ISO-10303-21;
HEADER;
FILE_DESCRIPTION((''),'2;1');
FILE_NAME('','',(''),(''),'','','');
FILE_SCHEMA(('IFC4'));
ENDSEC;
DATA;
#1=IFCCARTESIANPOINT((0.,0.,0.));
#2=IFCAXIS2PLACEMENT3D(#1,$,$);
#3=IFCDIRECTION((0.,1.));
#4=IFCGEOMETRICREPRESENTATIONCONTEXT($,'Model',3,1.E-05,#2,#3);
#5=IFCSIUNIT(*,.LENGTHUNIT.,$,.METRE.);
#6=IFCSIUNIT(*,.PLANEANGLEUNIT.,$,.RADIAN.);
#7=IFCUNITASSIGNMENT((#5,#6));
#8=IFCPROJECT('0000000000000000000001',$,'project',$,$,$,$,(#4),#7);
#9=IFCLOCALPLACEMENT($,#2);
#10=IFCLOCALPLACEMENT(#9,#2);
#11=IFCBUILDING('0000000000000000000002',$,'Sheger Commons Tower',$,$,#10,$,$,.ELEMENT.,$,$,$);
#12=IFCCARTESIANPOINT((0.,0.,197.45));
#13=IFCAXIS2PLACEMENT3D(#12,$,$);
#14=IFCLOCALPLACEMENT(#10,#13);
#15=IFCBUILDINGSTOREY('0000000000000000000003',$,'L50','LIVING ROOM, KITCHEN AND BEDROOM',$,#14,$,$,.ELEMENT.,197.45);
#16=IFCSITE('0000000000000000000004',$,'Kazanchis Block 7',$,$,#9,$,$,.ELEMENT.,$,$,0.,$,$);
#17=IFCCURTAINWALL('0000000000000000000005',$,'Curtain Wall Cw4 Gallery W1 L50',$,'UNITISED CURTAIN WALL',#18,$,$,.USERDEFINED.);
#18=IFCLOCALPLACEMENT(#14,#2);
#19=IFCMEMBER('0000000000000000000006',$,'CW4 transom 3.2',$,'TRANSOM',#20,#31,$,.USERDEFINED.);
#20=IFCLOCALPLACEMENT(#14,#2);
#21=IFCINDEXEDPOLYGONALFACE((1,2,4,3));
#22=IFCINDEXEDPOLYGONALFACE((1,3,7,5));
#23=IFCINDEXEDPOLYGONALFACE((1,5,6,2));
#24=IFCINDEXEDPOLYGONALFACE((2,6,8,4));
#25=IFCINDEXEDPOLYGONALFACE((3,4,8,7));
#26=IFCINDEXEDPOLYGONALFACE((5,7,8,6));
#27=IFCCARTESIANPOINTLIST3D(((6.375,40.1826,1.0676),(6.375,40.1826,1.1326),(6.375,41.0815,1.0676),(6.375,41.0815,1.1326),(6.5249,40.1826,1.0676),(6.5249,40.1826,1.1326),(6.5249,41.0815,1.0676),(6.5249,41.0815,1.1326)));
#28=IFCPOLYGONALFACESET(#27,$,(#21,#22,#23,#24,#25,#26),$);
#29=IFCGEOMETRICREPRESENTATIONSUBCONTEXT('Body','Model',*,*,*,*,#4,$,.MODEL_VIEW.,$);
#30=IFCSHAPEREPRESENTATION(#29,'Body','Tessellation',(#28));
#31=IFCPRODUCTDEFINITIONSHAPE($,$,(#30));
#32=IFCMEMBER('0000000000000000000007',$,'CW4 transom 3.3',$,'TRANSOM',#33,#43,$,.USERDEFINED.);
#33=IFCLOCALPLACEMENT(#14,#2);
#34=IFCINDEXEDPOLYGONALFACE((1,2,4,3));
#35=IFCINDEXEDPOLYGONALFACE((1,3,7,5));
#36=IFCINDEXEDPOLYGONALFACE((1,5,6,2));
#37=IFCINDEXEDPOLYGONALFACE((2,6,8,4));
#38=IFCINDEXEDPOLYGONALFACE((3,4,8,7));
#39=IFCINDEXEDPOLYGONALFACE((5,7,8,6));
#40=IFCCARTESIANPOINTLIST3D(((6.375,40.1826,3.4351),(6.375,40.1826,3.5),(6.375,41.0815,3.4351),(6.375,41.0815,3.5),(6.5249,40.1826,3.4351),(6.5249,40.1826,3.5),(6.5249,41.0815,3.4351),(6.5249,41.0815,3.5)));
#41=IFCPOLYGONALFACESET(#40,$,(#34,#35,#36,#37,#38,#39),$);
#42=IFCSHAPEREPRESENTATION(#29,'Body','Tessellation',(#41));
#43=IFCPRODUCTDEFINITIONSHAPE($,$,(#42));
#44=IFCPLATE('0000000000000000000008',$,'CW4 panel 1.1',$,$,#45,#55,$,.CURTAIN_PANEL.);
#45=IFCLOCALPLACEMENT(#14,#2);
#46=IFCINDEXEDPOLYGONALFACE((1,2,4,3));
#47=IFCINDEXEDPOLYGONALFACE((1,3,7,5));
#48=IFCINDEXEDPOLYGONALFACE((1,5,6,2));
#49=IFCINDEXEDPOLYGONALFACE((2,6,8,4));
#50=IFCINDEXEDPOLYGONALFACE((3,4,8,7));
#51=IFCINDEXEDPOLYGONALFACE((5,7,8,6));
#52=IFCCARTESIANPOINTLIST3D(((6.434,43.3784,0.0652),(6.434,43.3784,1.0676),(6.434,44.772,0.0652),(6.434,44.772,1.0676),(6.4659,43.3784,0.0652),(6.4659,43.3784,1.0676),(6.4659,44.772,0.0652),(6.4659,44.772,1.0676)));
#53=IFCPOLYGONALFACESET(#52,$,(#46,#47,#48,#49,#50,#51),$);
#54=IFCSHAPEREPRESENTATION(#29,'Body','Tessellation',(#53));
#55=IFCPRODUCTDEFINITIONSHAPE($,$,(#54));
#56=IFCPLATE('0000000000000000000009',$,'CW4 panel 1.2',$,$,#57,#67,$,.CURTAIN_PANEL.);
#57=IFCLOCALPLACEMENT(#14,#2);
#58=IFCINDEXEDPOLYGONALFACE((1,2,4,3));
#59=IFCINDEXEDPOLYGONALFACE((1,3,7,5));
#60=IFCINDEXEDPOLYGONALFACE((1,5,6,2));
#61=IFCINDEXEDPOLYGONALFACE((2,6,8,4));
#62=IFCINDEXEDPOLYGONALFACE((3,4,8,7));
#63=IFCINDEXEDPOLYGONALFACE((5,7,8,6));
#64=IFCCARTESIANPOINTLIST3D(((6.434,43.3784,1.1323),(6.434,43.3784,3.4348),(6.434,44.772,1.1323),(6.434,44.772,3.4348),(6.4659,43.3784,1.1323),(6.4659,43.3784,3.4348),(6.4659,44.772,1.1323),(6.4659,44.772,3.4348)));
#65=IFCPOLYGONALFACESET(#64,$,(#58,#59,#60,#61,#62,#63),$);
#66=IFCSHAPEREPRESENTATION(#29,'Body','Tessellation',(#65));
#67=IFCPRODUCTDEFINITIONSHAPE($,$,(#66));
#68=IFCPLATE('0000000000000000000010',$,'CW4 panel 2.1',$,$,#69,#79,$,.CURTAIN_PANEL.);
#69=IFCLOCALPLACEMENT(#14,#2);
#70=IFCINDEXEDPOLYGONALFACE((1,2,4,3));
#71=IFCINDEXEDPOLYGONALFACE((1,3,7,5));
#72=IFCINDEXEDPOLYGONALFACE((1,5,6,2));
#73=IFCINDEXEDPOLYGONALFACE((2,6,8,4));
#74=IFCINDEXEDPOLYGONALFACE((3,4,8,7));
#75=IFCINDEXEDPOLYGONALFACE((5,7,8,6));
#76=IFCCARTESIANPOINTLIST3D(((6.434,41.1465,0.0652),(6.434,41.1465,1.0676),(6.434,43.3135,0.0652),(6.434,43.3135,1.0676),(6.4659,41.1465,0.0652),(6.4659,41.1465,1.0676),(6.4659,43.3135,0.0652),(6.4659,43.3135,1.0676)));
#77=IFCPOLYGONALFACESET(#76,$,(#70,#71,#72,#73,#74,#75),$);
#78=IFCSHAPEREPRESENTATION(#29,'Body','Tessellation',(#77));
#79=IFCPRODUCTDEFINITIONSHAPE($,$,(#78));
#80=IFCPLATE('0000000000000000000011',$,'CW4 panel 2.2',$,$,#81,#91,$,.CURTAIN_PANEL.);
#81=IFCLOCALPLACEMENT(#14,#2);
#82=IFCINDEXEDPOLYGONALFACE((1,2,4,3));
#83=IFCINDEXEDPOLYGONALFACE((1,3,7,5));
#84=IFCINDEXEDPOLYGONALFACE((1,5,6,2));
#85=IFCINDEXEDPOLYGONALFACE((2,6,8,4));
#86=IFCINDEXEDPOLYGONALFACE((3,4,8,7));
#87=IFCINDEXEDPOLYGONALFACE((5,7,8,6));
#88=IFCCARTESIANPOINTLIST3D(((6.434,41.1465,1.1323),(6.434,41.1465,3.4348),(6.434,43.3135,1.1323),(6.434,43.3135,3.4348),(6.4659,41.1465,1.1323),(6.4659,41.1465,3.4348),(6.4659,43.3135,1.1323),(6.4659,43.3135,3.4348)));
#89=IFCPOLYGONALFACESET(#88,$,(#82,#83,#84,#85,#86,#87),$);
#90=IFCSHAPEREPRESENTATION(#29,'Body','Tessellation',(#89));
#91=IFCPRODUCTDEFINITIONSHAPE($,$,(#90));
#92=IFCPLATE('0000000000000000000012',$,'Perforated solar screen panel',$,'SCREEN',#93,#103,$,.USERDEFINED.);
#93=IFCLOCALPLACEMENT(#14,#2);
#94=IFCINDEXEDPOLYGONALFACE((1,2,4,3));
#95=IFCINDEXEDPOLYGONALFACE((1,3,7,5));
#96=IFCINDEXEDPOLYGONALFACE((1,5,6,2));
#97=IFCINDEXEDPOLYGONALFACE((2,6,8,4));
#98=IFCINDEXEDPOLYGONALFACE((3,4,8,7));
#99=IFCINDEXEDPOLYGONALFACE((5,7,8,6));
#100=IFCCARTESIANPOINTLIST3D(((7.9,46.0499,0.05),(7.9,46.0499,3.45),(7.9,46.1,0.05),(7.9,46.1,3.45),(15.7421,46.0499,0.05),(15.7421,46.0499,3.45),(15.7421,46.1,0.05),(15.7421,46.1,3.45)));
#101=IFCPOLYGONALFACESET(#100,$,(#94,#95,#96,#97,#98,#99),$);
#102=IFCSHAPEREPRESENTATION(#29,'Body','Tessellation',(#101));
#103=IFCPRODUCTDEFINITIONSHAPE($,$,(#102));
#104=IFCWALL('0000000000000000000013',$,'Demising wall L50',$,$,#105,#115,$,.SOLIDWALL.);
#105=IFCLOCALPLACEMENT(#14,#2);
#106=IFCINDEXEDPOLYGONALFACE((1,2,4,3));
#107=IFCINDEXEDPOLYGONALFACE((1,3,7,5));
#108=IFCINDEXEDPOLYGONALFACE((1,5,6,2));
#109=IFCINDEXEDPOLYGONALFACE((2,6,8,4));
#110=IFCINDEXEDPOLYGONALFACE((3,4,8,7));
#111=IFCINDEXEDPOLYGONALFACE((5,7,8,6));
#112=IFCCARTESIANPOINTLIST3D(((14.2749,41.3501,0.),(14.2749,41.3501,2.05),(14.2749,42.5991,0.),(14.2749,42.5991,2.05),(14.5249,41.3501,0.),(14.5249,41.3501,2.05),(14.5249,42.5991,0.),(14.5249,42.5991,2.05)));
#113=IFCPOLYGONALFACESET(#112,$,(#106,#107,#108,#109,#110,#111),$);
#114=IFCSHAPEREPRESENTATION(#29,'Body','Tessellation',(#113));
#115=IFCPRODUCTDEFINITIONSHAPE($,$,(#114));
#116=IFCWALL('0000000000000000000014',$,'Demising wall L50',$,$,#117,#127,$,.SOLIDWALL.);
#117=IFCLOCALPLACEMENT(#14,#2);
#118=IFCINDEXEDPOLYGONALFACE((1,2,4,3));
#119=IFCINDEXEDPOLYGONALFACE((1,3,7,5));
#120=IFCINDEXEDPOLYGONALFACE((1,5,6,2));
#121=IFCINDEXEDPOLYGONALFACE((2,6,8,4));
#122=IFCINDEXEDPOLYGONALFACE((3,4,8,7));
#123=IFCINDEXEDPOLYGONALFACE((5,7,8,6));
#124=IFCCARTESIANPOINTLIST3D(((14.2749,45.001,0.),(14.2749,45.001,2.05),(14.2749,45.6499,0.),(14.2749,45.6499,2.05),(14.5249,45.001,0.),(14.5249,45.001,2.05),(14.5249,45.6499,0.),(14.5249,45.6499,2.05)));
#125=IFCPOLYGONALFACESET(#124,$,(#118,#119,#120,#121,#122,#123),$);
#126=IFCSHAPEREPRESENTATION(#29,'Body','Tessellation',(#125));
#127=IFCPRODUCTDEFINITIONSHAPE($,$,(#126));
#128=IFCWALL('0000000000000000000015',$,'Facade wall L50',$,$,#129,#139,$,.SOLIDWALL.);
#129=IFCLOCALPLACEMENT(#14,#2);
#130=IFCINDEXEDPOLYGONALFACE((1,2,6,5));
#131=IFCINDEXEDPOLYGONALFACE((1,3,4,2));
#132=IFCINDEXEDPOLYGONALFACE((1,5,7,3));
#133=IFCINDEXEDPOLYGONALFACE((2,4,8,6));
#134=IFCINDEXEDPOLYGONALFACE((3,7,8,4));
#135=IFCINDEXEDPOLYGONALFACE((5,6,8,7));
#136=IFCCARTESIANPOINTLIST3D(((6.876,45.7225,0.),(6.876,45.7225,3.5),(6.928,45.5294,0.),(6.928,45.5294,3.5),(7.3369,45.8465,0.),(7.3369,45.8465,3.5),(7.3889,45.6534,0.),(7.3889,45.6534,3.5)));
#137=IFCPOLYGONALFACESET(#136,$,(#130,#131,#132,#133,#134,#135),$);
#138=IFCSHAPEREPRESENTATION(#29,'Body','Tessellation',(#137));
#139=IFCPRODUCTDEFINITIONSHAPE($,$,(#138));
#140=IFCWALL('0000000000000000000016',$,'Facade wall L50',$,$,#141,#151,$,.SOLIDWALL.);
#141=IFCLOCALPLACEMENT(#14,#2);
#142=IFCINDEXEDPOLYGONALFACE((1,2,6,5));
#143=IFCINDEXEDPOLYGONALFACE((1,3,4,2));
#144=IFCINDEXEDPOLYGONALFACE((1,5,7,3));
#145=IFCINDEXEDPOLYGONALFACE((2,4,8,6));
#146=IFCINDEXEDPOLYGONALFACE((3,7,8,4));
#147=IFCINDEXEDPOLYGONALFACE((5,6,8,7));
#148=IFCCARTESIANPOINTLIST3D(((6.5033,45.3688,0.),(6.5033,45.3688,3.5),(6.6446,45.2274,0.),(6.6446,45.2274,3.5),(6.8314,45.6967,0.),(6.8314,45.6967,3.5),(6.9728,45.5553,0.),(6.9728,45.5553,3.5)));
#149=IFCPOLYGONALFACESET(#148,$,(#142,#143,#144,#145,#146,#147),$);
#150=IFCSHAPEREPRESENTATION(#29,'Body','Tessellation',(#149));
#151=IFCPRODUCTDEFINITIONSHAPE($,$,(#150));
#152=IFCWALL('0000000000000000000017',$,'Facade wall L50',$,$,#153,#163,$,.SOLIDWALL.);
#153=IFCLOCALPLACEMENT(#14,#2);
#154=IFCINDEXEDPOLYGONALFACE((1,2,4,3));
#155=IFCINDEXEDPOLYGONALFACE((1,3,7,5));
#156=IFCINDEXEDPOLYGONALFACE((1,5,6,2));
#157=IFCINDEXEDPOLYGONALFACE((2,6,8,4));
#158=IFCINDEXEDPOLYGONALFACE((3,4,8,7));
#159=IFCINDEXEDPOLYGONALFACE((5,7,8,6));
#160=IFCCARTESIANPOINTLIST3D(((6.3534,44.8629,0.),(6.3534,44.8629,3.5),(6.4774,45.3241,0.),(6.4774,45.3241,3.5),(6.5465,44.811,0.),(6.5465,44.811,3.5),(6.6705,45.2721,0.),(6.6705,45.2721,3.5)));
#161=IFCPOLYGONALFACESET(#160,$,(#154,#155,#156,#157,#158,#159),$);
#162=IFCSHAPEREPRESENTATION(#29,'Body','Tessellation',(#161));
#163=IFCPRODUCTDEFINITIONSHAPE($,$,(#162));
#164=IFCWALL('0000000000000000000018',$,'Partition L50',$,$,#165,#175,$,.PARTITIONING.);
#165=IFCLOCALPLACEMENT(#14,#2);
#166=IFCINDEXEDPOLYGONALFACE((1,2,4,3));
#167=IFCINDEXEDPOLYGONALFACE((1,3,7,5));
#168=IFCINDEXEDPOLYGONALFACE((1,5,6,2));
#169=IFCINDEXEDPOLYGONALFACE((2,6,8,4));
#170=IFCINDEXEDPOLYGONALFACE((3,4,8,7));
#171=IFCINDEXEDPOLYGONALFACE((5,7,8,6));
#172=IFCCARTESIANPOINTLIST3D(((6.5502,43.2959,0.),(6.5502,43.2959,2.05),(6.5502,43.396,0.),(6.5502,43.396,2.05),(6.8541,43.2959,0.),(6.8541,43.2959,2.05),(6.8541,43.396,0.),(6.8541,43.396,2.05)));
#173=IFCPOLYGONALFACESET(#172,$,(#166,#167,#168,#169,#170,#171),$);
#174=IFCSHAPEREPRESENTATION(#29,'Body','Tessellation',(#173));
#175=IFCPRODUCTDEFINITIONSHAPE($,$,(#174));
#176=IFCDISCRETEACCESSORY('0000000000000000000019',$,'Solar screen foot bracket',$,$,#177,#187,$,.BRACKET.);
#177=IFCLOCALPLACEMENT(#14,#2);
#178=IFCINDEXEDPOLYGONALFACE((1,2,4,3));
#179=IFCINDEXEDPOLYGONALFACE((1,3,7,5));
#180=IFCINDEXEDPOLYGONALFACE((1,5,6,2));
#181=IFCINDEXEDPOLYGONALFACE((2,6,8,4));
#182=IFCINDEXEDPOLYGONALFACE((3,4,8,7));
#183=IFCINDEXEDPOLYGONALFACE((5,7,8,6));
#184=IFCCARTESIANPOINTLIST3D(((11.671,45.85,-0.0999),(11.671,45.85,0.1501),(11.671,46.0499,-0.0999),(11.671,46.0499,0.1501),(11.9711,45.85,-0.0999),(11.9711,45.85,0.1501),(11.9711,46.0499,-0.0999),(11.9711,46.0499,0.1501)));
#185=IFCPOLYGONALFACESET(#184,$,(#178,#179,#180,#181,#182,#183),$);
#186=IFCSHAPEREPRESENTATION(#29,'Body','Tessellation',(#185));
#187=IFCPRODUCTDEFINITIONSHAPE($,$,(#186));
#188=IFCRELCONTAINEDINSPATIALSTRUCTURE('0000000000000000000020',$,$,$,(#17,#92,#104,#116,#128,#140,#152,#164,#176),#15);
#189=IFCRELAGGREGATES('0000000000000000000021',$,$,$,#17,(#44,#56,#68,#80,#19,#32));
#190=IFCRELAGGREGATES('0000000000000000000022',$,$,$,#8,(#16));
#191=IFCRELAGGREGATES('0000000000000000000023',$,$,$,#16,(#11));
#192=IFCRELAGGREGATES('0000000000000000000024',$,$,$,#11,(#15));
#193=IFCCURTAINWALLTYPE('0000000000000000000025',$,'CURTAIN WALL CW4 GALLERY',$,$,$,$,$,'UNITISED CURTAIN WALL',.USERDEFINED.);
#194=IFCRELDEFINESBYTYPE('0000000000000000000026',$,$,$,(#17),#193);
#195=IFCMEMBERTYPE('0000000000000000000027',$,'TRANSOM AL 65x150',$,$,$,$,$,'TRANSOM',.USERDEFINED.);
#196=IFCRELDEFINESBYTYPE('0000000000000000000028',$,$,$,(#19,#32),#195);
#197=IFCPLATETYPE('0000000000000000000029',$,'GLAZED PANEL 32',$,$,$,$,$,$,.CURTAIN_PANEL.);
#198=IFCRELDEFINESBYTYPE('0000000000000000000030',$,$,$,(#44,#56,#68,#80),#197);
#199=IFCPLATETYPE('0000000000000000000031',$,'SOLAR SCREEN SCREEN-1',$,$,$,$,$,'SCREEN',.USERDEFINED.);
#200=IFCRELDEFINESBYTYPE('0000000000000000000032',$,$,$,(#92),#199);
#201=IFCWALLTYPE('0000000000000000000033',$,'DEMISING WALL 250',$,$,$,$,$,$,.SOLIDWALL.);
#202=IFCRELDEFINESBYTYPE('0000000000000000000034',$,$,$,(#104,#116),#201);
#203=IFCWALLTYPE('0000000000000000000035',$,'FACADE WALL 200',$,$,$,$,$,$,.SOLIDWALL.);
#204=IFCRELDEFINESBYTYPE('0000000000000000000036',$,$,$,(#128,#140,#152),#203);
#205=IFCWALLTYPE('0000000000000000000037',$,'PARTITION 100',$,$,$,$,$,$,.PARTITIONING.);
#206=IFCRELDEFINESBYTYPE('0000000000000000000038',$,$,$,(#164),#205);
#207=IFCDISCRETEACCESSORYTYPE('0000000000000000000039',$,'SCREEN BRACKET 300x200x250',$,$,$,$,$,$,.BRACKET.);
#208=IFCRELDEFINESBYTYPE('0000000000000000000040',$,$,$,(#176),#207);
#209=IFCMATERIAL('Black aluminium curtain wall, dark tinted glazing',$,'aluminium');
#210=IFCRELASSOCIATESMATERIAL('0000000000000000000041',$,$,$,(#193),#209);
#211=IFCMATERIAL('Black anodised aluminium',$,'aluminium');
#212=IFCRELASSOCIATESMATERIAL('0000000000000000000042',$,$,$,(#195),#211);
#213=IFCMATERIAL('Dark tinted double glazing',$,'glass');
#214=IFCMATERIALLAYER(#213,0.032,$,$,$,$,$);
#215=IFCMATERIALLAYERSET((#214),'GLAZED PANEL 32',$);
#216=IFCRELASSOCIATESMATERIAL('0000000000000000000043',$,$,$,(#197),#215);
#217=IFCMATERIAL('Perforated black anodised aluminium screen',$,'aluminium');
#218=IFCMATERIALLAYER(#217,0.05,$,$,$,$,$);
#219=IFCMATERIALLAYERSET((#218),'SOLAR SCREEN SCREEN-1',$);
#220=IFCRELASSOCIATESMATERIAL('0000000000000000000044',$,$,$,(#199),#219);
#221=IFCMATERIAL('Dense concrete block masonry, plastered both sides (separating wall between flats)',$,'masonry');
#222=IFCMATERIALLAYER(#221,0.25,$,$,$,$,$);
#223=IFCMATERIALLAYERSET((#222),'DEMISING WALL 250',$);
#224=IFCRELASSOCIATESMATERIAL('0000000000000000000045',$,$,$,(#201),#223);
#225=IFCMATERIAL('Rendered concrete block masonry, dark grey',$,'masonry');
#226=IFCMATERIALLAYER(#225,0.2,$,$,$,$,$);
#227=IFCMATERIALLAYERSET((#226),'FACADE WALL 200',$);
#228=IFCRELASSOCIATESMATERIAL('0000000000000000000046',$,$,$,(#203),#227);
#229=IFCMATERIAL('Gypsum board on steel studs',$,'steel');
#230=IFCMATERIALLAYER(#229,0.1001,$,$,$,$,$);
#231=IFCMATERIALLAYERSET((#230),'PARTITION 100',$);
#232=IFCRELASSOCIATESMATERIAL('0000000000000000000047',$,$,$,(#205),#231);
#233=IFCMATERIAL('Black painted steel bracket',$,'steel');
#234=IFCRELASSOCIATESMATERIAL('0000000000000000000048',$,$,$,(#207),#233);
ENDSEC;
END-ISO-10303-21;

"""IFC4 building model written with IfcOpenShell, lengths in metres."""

from ifc_helpers import new_model, si_unit, direction, frame, frame_2d, origin, origin_2d, place, context, subcontext, project, spatial, rectangle, extrude, material, layer, layer_set, material_profile, profile_set, type_object, element, aggregate, save


model = new_model("IFC4")

# Units and contexts
model_context = context("Model", 3, precision=1e-05, world=origin(), true_north=direction((0.0, 1.0)))
body_context = subcontext(model_context, "Body", "Model", "MODEL_VIEW")
ifc_project = project(units=[si_unit("LENGTHUNIT", "METRE"), si_unit("PLANEANGLEUNIT", "RADIAN")], contexts=[model_context])

# Site, building, storey
site_placement = place(None, origin())
site = spatial("IfcSite", under=ifc_project, at=site_placement, Name="Kazanchis Block 7", CompositionType="ELEMENT", RefElevation=0.0)
building_placement = place(site_placement, origin())
building = spatial("IfcBuilding", under=site, at=building_placement, Name="Sheger Commons Tower", CompositionType="ELEMENT")
storey_placement = place(building_placement, frame((0.0, 0.0, 197.45)))
storey = spatial("IfcBuildingStorey", under=building, at=storey_placement, Name="L50", Description="LIVING ROOM, KITCHEN AND BEDROOM", CompositionType="ELEMENT", Elevation=197.45)

# Curtain wall
ifc_material_1 = material(Name="Black aluminium curtain wall, dark tinted glazing", Category="aluminium")
curtain_wall_type = type_object("IfcCurtainWallType", Name="CURTAIN WALL CW4 GALLERY", ElementType="UNITISED CURTAIN WALL", PredefinedType="USERDEFINED", material=ifc_material_1)
curtain_wall_placement = place(storey_placement, origin())
curtain_wall = element("IfcCurtainWall", 1, at=curtain_wall_placement, inside=storey, type_object=curtain_wall_type, Name="Curtain Wall Cw4 Gallery W1 L50", ObjectType="UNITISED CURTAIN WALL", PredefinedType="USERDEFINED")

# Members
ifc_material_2 = material(Name="Black anodised aluminium", Category="aluminium")
ifc_material_profile_1 = material_profile(ifc_material_2, rectangle(XDim=0.1499, YDim=0.0649, at=origin_2d()), Name="AL 65x150")
ifc_profile_set_1 = profile_set([ifc_material_profile_1], Name="Black anodised aluminium")
member_type_1 = type_object("IfcMemberType", Name="TRANSOM AL 65x150", ElementType="TRANSOM", PredefinedType="USERDEFINED", material=ifc_profile_set_1)
member_1_placement = place(storey_placement, frame((6.45, 41.0815, 1.1001), z_axis=(0.0, -1.0, 0.0), x_axis=(1.0, 0.0, 0.0)))
member_1 = element("IfcMember", 2, at=member_1_placement, type_object=member_type_1, Name="CW4 transom 3.2", ObjectType="TRANSOM", PredefinedType="USERDEFINED", context=body_context, shape_type="SweptSolid", body=[
    extrude(rectangle(XDim=0.1499, YDim=0.0649, at=origin_2d()), origin(), (0.0, 0.0, 1.0), 0.8989),
])
member_2_placement = place(storey_placement, frame((6.45, 41.0815, 3.4675), z_axis=(0.0, -1.0, 0.0), x_axis=(1.0, 0.0, 0.0)))
member_2 = element("IfcMember", 3, at=member_2_placement, type_object=member_type_1, Name="CW4 transom 3.3", ObjectType="TRANSOM", PredefinedType="USERDEFINED", context=body_context, shape_type="SweptSolid", body=[
    extrude(rectangle(XDim=0.1499, YDim=0.0649, at=origin_2d()), origin(), (0.0, 0.0, 1.0), 0.8989),
])

# Plates
ifc_material_3 = material(Name="Dark tinted double glazing", Category="glass")
ifc_layer_1 = layer(ifc_material_3, 0.032)
ifc_layer_set_1 = layer_set([ifc_layer_1], Name="GLAZED PANEL 32")
plate_type_1 = type_object("IfcPlateType", Name="GLAZED PANEL 32", PredefinedType="CURTAIN_PANEL", material=ifc_layer_set_1)
plate_1_placement = place(storey_placement, frame((6.45, 44.0752, 0.0652), z_axis=(0.0, 0.0, 1.0), x_axis=(0.0, -1.0, 0.0)))
plate_1 = element("IfcPlate", 4, at=plate_1_placement, type_object=plate_type_1, Name="CW4 panel 1.1", PredefinedType="CURTAIN_PANEL", context=body_context, shape_type="SweptSolid", body=[
    extrude(rectangle(XDim=1.3936, YDim=0.032, at=origin_2d()), origin(), (0.0, 0.0, 1.0), 1.0024),
])
plate_2_placement = place(storey_placement, frame((6.45, 44.0752, 1.1323), z_axis=(0.0, 0.0, 1.0), x_axis=(0.0, -1.0, 0.0)))
plate_2 = element("IfcPlate", 5, at=plate_2_placement, type_object=plate_type_1, Name="CW4 panel 1.2", PredefinedType="CURTAIN_PANEL", context=body_context, shape_type="SweptSolid", body=[
    extrude(rectangle(XDim=1.3936, YDim=0.032, at=origin_2d()), origin(), (0.0, 0.0, 1.0), 2.3025),
])
plate_3_placement = place(storey_placement, frame((6.45, 42.23, 0.0652), z_axis=(0.0, 0.0, 1.0), x_axis=(0.0, -1.0, 0.0)))
plate_3 = element("IfcPlate", 6, at=plate_3_placement, type_object=plate_type_1, Name="CW4 panel 2.1", PredefinedType="CURTAIN_PANEL", context=body_context, shape_type="SweptSolid", body=[
    extrude(rectangle(XDim=2.167, YDim=0.032, at=origin_2d()), origin(), (0.0, 0.0, 1.0), 1.0024),
])
plate_4_placement = place(storey_placement, frame((6.45, 42.23, 1.1323), z_axis=(0.0, 0.0, 1.0), x_axis=(0.0, -1.0, 0.0)))
plate_4 = element("IfcPlate", 7, at=plate_4_placement, type_object=plate_type_1, Name="CW4 panel 2.2", PredefinedType="CURTAIN_PANEL", context=body_context, shape_type="SweptSolid", body=[
    extrude(rectangle(XDim=2.167, YDim=0.032, at=origin_2d()), origin(), (0.0, 0.0, 1.0), 2.3025),
])
aggregate(curtain_wall, [plate_1, plate_2, plate_3, plate_4, member_1, member_2])
ifc_material_4 = material(Name="Perforated black anodised aluminium screen", Category="aluminium")
ifc_layer_2 = layer(ifc_material_4, 0.05)
ifc_layer_set_2 = layer_set([ifc_layer_2], Name="SOLAR SCREEN SCREEN-1")
plate_type_2 = type_object("IfcPlateType", Name="SOLAR SCREEN SCREEN-1", ElementType="SCREEN", PredefinedType="USERDEFINED", material=ifc_layer_set_2)
plate_5_placement = place(storey_placement, frame((11.821, 46.075, 0.05), z_axis=(0.0, 0.0, 1.0), x_axis=(-1.0, 0.0, 0.0)))
element("IfcPlate", 8, at=plate_5_placement, inside=storey, type_object=plate_type_2, Name="Perforated solar screen panel", ObjectType="SCREEN", PredefinedType="USERDEFINED", context=body_context, shape_type="SweptSolid", body=[
    extrude(rectangle(XDim=7.842, YDim=0.05, at=origin_2d()), origin(), (0.0, 0.0, 1.0), 3.3999),
])

# Walls
ifc_material_5 = material(Name="Dense concrete block masonry, plastered both sides (separating wall between flats)", Category="masonry")
ifc_layer_3 = layer(ifc_material_5, 0.25)
ifc_layer_set_3 = layer_set([ifc_layer_3], Name="DEMISING WALL 250")
wall_type_1 = type_object("IfcWallType", Name="DEMISING WALL 250", PredefinedType="SOLIDWALL", material=ifc_layer_set_3)
wall_1_placement = place(storey_placement, frame((14.3999, 41.3501, 0.0), z_axis=(0.0, 0.0, 1.0), x_axis=(0.0, 1.0, 0.0)))
element("IfcWall", 9, at=wall_1_placement, inside=storey, type_object=wall_type_1, Name="Demising wall L50", PredefinedType="SOLIDWALL", context=body_context, shape_type="SweptSolid", body=[
    extrude(rectangle(XDim=1.249, YDim=0.25, at=frame_2d((0.6245, 0.0))), origin(), (0.0, 0.0, 1.0), 2.05),
])
wall_2_placement = place(storey_placement, frame((14.3999, 45.001, 0.0), z_axis=(0.0, 0.0, 1.0), x_axis=(0.0, 1.0, 0.0)))
element("IfcWall", 10, at=wall_2_placement, inside=storey, type_object=wall_type_1, Name="Demising wall L50", PredefinedType="SOLIDWALL", context=body_context, shape_type="SweptSolid", body=[
    extrude(rectangle(XDim=0.6489, YDim=0.25, at=frame_2d((0.3245, 0.0))), origin(), (0.0, 0.0, 1.0), 2.05),
])
ifc_material_6 = material(Name="Rendered concrete block masonry, dark grey", Category="masonry")
ifc_layer_4 = layer(ifc_material_6, 0.2)
ifc_layer_set_4 = layer_set([ifc_layer_4], Name="FACADE WALL 200")
wall_type_2 = type_object("IfcWallType", Name="FACADE WALL 200", PredefinedType="SOLIDWALL", material=ifc_layer_set_4)
wall_3_placement = place(storey_placement, frame((7.363, 45.75, 0.0), z_axis=(0.0, 0.0, 1.0), x_axis=(-0.965655, -0.259827, 0.0)))
element("IfcWall", 11, at=wall_3_placement, inside=storey, type_object=wall_type_2, Name="Facade wall L50", PredefinedType="SOLIDWALL", context=body_context, shape_type="SweptSolid", body=[
    extrude(rectangle(XDim=0.4773, YDim=0.2, at=frame_2d((0.2388, 0.0))), origin(), (0.0, 0.0, 1.0), 3.5),
])
wall_4_placement = place(storey_placement, frame((6.9021, 45.626, 0.0), z_axis=(0.0, 0.0, 1.0), x_axis=(-0.70737, -0.706844, 0.0)))
element("IfcWall", 12, at=wall_4_placement, inside=storey, type_object=wall_type_2, Name="Facade wall L50", PredefinedType="SOLIDWALL", context=body_context, shape_type="SweptSolid", body=[
    extrude(rectangle(XDim=0.4639, YDim=0.2, at=frame_2d((0.2319, 0.0))), origin(), (0.0, 0.0, 1.0), 3.5),
])
wall_5_placement = place(storey_placement, frame((6.574, 45.2981, 0.0), z_axis=(0.0, 0.0, 1.0), x_axis=(-0.259698, -0.96569, 0.0)))
element("IfcWall", 13, at=wall_5_placement, inside=storey, type_object=wall_type_2, Name="Facade wall L50", PredefinedType="SOLIDWALL", context=body_context, shape_type="SweptSolid", body=[
    extrude(rectangle(XDim=0.4775, YDim=0.2, at=frame_2d((0.2388, 0.0))), origin(), (0.0, 0.0, 1.0), 3.5),
])
ifc_material_7 = material(Name="Gypsum board on steel studs", Category="steel")
ifc_layer_5 = layer(ifc_material_7, 0.1001)
ifc_layer_set_5 = layer_set([ifc_layer_5], Name="PARTITION 100")
wall_type_3 = type_object("IfcWallType", Name="PARTITION 100", PredefinedType="PARTITIONING", material=ifc_layer_set_5)
wall_6_placement = place(storey_placement, frame((6.854, 43.3459, 0.0), z_axis=(0.0, 0.0, 1.0), x_axis=(-1.0, 0.0, 0.0)))
element("IfcWall", 14, at=wall_6_placement, inside=storey, type_object=wall_type_3, Name="Partition L50", PredefinedType="PARTITIONING", context=body_context, shape_type="SweptSolid", body=[
    extrude(rectangle(XDim=0.304, YDim=0.1001, at=frame_2d((0.1519, 0.0))), origin(), (0.0, 0.0, 1.0), 2.05),
])

# Discrete accessory
ifc_material_8 = material(Name="Black painted steel bracket", Category="steel")
discrete_accessory_type = type_object("IfcDiscreteAccessoryType", Name="SCREEN BRACKET 300x200x250", PredefinedType="BRACKET", material=ifc_material_8)
for number, where, z_axis, x_axis, name in (
    (15, (11.821, 45.95, -0.0999), (0.0, 0.0, 1.0), (-1.0, 0.0, 0.0), "Solar screen foot bracket"),
):
    element("IfcDiscreteAccessory", number, at=place(storey_placement, frame(where, z_axis=z_axis, x_axis=x_axis)), inside=storey, type_object=discrete_accessory_type, Name=name, PredefinedType="BRACKET", context=body_context, shape_type="SweptSolid", body=[
        extrude(rectangle(XDim=0.3, YDim=0.2, at=origin_2d()), origin(), (0.0, 0.0, 1.0), 0.25),
    ])

save(model, "model.ifc")
